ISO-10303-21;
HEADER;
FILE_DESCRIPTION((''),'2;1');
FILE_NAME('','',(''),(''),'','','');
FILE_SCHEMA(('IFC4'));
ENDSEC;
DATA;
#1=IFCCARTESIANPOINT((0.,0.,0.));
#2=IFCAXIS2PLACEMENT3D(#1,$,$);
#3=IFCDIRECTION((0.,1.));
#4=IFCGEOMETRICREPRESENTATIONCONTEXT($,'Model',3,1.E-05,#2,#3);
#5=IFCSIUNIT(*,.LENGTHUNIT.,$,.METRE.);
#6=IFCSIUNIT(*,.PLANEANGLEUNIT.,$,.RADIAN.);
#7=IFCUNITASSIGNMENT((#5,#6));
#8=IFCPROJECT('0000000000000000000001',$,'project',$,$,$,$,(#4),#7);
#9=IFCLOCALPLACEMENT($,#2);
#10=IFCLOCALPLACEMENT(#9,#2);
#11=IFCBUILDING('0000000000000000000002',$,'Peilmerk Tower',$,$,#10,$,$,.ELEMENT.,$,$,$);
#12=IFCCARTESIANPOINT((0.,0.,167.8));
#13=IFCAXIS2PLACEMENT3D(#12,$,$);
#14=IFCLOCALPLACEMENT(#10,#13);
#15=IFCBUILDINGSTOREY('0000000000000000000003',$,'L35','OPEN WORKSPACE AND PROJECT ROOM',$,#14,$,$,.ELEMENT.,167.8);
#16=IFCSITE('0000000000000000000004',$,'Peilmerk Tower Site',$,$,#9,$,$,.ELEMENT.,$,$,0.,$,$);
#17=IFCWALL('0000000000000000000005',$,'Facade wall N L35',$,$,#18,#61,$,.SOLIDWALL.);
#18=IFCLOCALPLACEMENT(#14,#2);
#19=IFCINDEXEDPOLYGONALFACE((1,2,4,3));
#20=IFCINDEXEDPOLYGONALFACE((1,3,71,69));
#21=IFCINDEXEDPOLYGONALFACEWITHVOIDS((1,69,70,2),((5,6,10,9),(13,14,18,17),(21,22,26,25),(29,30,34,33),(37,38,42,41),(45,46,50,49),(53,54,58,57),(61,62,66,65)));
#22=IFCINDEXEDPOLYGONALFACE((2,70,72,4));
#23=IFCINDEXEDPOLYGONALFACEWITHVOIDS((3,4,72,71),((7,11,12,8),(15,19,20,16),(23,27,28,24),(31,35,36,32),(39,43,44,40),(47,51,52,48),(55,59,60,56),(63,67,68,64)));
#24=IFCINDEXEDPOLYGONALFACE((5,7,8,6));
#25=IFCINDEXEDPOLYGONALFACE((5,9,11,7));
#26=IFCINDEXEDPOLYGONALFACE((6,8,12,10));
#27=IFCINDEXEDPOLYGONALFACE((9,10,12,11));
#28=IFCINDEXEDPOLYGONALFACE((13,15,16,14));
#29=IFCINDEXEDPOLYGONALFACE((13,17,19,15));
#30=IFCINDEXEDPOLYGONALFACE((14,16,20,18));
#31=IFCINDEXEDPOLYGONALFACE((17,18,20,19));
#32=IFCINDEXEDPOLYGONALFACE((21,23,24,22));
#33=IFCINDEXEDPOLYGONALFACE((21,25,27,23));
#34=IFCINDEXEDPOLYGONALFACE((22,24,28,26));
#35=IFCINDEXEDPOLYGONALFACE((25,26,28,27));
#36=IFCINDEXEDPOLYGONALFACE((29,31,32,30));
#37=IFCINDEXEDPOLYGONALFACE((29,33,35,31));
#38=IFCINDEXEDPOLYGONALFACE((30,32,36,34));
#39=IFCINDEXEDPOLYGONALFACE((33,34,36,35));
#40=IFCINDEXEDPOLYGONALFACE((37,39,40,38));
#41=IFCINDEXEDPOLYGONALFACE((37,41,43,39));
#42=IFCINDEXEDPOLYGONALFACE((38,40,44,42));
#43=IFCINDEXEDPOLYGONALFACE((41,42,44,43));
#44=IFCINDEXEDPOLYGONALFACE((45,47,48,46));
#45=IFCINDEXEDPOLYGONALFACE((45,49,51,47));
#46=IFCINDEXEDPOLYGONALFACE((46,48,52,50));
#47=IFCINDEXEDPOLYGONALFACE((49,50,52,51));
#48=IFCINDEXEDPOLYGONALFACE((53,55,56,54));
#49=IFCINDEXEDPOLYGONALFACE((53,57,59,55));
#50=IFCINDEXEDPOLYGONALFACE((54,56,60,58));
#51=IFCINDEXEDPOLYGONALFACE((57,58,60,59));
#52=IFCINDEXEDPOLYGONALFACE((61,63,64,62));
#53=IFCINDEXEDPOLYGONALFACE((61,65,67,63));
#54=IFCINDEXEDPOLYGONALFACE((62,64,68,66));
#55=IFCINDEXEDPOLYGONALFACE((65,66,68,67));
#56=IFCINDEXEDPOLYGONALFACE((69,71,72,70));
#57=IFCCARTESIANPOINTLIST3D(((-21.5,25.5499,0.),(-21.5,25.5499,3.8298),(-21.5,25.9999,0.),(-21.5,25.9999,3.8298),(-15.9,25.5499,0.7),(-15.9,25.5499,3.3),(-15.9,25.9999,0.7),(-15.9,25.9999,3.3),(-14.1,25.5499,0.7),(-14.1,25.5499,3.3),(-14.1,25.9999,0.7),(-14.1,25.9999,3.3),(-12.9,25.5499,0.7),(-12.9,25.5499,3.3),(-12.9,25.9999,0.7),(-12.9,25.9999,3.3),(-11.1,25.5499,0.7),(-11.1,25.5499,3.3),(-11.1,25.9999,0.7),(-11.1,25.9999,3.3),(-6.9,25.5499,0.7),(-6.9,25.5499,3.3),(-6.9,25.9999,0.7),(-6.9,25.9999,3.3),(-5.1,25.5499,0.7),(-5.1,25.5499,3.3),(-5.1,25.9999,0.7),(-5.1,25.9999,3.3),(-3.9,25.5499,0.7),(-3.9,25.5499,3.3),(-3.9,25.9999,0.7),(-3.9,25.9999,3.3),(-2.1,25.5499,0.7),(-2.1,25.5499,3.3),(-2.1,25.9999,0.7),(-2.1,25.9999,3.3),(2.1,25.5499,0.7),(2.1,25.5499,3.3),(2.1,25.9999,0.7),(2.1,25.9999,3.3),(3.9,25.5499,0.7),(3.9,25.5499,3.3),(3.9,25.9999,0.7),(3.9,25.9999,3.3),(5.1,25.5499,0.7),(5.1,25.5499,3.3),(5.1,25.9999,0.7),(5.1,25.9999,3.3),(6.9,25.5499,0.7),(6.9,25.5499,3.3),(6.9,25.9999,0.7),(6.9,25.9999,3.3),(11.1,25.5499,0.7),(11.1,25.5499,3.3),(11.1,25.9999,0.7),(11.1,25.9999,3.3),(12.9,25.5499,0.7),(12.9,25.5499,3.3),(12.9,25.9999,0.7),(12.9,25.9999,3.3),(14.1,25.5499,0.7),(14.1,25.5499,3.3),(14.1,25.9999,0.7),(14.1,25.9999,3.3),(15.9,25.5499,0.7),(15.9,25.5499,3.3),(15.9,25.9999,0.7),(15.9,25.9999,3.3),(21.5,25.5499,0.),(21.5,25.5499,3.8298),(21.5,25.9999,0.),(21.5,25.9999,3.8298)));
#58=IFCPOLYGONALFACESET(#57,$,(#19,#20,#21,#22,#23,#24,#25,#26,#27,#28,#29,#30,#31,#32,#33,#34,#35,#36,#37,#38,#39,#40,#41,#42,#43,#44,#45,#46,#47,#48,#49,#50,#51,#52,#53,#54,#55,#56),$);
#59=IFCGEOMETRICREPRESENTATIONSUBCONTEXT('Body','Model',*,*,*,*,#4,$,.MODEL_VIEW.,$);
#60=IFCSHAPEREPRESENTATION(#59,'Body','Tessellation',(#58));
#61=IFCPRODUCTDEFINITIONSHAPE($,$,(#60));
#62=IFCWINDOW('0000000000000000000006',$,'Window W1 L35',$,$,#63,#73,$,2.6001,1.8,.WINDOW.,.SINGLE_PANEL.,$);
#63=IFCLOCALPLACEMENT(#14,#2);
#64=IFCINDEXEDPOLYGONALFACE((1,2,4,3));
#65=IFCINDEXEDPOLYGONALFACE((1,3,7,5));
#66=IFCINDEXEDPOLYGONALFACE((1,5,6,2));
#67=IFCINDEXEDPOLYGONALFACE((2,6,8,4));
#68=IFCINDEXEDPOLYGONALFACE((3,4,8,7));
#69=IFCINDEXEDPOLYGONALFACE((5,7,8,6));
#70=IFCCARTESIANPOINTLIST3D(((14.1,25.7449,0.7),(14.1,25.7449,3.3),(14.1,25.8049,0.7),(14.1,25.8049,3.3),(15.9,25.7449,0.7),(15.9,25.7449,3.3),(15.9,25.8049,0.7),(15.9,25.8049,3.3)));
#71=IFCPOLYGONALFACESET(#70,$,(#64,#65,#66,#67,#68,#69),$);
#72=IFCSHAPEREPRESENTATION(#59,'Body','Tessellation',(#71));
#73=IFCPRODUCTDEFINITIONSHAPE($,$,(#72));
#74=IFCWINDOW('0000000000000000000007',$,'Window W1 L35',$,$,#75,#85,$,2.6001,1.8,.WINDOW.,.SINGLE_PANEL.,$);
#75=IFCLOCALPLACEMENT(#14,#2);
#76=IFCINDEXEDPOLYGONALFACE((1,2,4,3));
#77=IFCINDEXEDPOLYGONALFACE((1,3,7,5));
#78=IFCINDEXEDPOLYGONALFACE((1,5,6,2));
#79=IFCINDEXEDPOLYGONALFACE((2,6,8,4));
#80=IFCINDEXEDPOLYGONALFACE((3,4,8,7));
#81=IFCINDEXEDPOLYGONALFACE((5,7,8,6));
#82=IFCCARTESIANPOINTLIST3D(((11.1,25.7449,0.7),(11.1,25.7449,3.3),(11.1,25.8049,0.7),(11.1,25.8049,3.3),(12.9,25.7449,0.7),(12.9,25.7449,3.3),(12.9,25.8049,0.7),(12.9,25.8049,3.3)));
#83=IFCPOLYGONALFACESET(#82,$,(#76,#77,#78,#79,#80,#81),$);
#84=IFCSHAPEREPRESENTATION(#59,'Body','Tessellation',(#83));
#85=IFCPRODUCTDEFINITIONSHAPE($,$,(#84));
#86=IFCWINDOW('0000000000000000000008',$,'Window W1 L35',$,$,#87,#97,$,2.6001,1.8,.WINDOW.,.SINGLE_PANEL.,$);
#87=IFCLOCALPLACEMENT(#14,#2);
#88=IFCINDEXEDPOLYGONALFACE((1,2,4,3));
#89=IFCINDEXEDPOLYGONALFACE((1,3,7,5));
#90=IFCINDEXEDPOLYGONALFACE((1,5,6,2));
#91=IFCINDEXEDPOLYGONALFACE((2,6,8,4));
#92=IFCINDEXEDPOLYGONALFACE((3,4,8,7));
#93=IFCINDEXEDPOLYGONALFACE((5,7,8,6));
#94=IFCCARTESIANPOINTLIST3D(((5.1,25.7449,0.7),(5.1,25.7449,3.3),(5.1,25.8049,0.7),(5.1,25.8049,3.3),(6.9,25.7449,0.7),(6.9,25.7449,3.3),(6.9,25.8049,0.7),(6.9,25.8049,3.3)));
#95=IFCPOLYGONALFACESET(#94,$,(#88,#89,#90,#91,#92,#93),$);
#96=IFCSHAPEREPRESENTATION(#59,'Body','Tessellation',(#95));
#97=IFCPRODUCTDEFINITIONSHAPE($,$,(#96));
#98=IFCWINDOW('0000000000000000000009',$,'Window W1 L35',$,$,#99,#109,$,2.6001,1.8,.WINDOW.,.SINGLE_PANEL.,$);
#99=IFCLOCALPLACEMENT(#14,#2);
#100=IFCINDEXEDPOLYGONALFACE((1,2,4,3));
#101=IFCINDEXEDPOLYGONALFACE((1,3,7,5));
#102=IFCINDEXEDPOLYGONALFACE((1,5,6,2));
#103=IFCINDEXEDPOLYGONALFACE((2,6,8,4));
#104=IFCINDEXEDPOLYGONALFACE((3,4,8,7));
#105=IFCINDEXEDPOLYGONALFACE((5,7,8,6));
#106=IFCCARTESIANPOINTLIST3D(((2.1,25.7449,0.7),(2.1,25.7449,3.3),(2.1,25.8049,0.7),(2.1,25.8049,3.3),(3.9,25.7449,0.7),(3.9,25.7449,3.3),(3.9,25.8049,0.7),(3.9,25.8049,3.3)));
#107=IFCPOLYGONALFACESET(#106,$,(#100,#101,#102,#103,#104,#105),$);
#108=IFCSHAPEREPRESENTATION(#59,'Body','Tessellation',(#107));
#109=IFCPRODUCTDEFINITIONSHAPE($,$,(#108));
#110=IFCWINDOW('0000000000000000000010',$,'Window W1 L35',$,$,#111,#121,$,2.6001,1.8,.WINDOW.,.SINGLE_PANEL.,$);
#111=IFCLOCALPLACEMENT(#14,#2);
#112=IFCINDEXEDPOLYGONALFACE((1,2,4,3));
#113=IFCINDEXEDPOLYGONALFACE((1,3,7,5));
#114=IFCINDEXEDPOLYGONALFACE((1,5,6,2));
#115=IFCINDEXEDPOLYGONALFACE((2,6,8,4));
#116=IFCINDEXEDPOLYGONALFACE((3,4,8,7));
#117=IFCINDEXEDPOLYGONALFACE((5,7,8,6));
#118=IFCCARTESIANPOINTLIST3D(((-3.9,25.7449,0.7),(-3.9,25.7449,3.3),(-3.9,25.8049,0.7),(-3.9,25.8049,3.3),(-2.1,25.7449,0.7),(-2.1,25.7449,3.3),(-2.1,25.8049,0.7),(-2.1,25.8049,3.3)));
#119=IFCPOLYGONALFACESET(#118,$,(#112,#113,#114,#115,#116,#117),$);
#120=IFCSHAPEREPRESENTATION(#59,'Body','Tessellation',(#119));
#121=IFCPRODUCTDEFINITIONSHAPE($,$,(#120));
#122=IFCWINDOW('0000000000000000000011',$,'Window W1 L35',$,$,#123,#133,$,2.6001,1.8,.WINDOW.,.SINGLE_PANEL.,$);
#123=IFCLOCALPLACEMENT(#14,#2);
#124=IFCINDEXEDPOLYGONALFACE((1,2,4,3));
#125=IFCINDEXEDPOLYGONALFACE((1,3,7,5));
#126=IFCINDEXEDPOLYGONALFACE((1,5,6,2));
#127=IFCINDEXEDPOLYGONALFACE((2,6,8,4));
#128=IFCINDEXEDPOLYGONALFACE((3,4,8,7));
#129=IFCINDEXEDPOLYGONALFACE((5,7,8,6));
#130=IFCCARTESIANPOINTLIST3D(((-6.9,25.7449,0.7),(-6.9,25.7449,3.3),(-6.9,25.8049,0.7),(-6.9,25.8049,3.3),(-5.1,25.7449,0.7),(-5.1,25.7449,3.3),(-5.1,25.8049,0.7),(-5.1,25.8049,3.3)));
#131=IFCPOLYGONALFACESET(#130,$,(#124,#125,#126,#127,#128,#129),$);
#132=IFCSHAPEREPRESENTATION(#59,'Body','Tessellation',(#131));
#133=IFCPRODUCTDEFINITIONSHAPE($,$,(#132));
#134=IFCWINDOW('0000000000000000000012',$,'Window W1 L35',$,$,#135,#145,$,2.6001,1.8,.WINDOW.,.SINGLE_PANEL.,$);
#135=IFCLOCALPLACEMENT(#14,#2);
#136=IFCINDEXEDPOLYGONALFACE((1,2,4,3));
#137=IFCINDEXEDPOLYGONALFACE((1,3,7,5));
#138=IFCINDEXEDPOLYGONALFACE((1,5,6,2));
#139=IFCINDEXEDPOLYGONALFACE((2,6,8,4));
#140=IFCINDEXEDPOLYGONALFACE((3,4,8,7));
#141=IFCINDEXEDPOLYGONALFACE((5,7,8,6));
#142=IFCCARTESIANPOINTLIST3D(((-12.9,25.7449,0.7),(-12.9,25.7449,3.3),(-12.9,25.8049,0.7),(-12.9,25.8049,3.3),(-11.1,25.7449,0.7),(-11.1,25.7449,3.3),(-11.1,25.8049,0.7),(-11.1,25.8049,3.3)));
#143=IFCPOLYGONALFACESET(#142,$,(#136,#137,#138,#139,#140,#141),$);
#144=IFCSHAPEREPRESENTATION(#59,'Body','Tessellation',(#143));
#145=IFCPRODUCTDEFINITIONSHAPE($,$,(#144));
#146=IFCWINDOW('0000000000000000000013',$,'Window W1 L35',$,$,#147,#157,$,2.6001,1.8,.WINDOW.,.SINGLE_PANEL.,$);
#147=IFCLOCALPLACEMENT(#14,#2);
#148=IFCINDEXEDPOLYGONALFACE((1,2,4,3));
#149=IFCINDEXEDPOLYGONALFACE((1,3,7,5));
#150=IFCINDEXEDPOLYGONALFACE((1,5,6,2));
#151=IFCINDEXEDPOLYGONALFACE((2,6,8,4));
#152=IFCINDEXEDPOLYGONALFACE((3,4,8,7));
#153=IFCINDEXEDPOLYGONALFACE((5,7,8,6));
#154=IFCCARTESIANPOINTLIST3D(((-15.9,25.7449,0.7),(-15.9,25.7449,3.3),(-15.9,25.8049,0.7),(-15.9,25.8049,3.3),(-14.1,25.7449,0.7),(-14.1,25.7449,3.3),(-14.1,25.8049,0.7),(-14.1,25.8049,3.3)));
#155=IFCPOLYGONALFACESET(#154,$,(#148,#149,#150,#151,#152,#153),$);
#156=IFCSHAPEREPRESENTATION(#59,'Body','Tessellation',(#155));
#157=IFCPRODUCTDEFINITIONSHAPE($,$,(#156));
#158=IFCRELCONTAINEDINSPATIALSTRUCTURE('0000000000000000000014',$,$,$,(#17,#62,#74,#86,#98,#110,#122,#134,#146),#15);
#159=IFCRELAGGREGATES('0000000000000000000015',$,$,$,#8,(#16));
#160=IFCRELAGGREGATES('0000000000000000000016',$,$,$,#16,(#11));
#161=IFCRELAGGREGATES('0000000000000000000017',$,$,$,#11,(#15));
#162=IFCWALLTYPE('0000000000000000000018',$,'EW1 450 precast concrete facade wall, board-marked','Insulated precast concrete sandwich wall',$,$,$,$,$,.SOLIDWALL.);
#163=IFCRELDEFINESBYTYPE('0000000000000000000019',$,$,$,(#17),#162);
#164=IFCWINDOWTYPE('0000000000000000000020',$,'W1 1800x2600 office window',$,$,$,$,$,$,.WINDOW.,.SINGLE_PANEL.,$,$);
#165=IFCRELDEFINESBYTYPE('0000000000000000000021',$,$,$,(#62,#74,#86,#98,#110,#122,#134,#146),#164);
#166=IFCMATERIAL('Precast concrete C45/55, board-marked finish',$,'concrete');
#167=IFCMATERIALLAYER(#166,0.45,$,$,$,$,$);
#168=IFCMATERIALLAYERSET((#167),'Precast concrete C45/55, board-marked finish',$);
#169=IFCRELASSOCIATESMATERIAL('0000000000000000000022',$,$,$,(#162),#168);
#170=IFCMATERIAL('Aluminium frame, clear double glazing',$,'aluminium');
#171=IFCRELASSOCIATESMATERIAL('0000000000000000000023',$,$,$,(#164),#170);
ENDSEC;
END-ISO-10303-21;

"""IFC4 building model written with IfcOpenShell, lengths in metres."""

from ifc_helpers import new_model, si_unit, direction, frame, frame_2d, origin, place, context, subcontext, project, spatial, rectangle, extrude, material, layer, layer_set, type_object, element, fill, save


model = new_model("IFC4")

# Units and contexts
model_context = context("Model", 3, precision=1e-05, world=origin(), true_north=direction((0.0, 1.0)))
body_context = subcontext(model_context, "Body", "Model", "MODEL_VIEW")
ifc_project = project(units=[si_unit("LENGTHUNIT", "METRE"), si_unit("PLANEANGLEUNIT", "RADIAN")], contexts=[model_context])

# Site, building, storey
site_placement = place(None, origin())
site = spatial("IfcSite", under=ifc_project, at=site_placement, Name="Peilmerk Tower Site", CompositionType="ELEMENT", RefElevation=0.0)
building_placement = place(site_placement, origin())
building = spatial("IfcBuilding", under=site, at=building_placement, Name="Peilmerk Tower", CompositionType="ELEMENT")
storey_placement = place(building_placement, frame((0.0, 0.0, 167.8)))
storey = spatial("IfcBuildingStorey", under=building, at=storey_placement, Name="L35", Description="OPEN WORKSPACE AND PROJECT ROOM", CompositionType="ELEMENT", Elevation=167.8)

# Wall, openings, windows
ifc_material_1 = material(Name="Precast concrete C45/55, board-marked finish", Category="concrete")
ifc_layer_1 = layer(ifc_material_1, 0.45)
ifc_layer_set_1 = layer_set([ifc_layer_1], Name="Precast concrete C45/55, board-marked finish")
wall_type = type_object("IfcWallType", Name="EW1 450 precast concrete facade wall, board-marked", Description="Insulated precast concrete sandwich wall", PredefinedType="SOLIDWALL", material=ifc_layer_set_1)
wall_placement = place(storey_placement, frame((21.5, 25.7749, 0.0), z_axis=(0.0, 0.0, 1.0), x_axis=(-1.0, 0.0, 0.0)))
wall = element("IfcWall", 1, at=wall_placement, inside=storey, type_object=wall_type, Name="Facade wall N L35", PredefinedType="SOLIDWALL", context=body_context, shape_type="SweptSolid", body=[
    extrude(rectangle(XDim=43.0, YDim=0.45, at=frame_2d((21.5, 0.0))), origin(), (0.0, 0.0, 1.0), 3.8298),
])
opening_1_placement = place(wall_placement, frame((5.6001, 0.0, 0.7)))
opening_1 = element("IfcOpeningElement", 2, at=opening_1_placement, cuts=wall, PredefinedType="OPENING", context=body_context, shape_type="SweptSolid", body=[
    extrude(rectangle(XDim=1.8, YDim=2.6001, at=frame_2d((0.8999, 1.3))), frame((0.0, 0.2349, 0.0), z_axis=(0.0, -1.0, 0.0), x_axis=(1.0, 0.0, 0.0)), (0.0, 0.0, 1.0), 0.47),
])
opening_2_placement = place(wall_placement, frame((8.6001, 0.0, 0.7)))
opening_2 = element("IfcOpeningElement", 3, at=opening_2_placement, cuts=wall, PredefinedType="OPENING", context=body_context, shape_type="SweptSolid", body=[
    extrude(rectangle(XDim=1.8, YDim=2.6001, at=frame_2d((0.8999, 1.3))), frame((0.0, 0.2349, 0.0), z_axis=(0.0, -1.0, 0.0), x_axis=(1.0, 0.0, 0.0)), (0.0, 0.0, 1.0), 0.47),
])
opening_3_placement = place(wall_placement, frame((14.6001, 0.0, 0.7)))
opening_3 = element("IfcOpeningElement", 4, at=opening_3_placement, cuts=wall, PredefinedType="OPENING", context=body_context, shape_type="SweptSolid", body=[
    extrude(rectangle(XDim=1.8, YDim=2.6001, at=frame_2d((0.8999, 1.3))), frame((0.0, 0.2349, 0.0), z_axis=(0.0, -1.0, 0.0), x_axis=(1.0, 0.0, 0.0)), (0.0, 0.0, 1.0), 0.47),
])
opening_4_placement = place(wall_placement, frame((17.6001, 0.0, 0.7)))
opening_4 = element("IfcOpeningElement", 5, at=opening_4_placement, cuts=wall, PredefinedType="OPENING", context=body_context, shape_type="SweptSolid", body=[
    extrude(rectangle(XDim=1.8, YDim=2.6001, at=frame_2d((0.8999, 1.3))), frame((0.0, 0.2349, 0.0), z_axis=(0.0, -1.0, 0.0), x_axis=(1.0, 0.0, 0.0)), (0.0, 0.0, 1.0), 0.47),
])
opening_5_placement = place(wall_placement, frame((23.6001, 0.0, 0.7)))
opening_5 = element("IfcOpeningElement", 6, at=opening_5_placement, cuts=wall, PredefinedType="OPENING", context=body_context, shape_type="SweptSolid", body=[
    extrude(rectangle(XDim=1.8, YDim=2.6001, at=frame_2d((0.8999, 1.3))), frame((0.0, 0.2349, 0.0), z_axis=(0.0, -1.0, 0.0), x_axis=(1.0, 0.0, 0.0)), (0.0, 0.0, 1.0), 0.47),
])
opening_6_placement = place(wall_placement, frame((26.6001, 0.0, 0.7)))
opening_6 = element("IfcOpeningElement", 7, at=opening_6_placement, cuts=wall, PredefinedType="OPENING", context=body_context, shape_type="SweptSolid", body=[
    extrude(rectangle(XDim=1.8, YDim=2.6001, at=frame_2d((0.8999, 1.3))), frame((0.0, 0.2349, 0.0), z_axis=(0.0, -1.0, 0.0), x_axis=(1.0, 0.0, 0.0)), (0.0, 0.0, 1.0), 0.47),
])
opening_7_placement = place(wall_placement, frame((32.6001, 0.0, 0.7)))
opening_7 = element("IfcOpeningElement", 8, at=opening_7_placement, cuts=wall, PredefinedType="OPENING", context=body_context, shape_type="SweptSolid", body=[
    extrude(rectangle(XDim=1.8, YDim=2.6001, at=frame_2d((0.8999, 1.3))), frame((0.0, 0.2349, 0.0), z_axis=(0.0, -1.0, 0.0), x_axis=(1.0, 0.0, 0.0)), (0.0, 0.0, 1.0), 0.47),
])
opening_8_placement = place(wall_placement, frame((35.6001, 0.0, 0.7)))
opening_8 = element("IfcOpeningElement", 9, at=opening_8_placement, cuts=wall, PredefinedType="OPENING", context=body_context, shape_type="SweptSolid", body=[
    extrude(rectangle(XDim=1.8, YDim=2.6001, at=frame_2d((0.8999, 1.3))), frame((0.0, 0.2349, 0.0), z_axis=(0.0, -1.0, 0.0), x_axis=(1.0, 0.0, 0.0)), (0.0, 0.0, 1.0), 0.47),
])
ifc_material_2 = material(Name="Aluminium frame, clear double glazing", Category="aluminium")
window_type = type_object("IfcWindowType", Name="W1 1800x2600 office window", PartitioningType="SINGLE_PANEL", PredefinedType="WINDOW", material=ifc_material_2)
window_1_placement = place(opening_1_placement, origin())
window_1 = element("IfcWindow", 10, at=window_1_placement, inside=storey, type_object=window_type, Name="Window W1 L35", OverallHeight=2.6001, OverallWidth=1.8, PartitioningType="SINGLE_PANEL", PredefinedType="WINDOW", context=body_context, shape_type="SweptSolid", body=[
    extrude(rectangle(XDim=1.8, YDim=2.6001, at=frame_2d((0.8999, 1.3))), frame((0.0, 0.03, 0.0), z_axis=(0.0, -1.0, 0.0), x_axis=(1.0, 0.0, 0.0)), (0.0, 0.0, 1.0), 0.0601),
])
fill(opening_1, window_1)
window_2_placement = place(opening_2_placement, origin())
window_2 = element("IfcWindow", 11, at=window_2_placement, inside=storey, type_object=window_type, Name="Window W1 L35", OverallHeight=2.6001, OverallWidth=1.8, PartitioningType="SINGLE_PANEL", PredefinedType="WINDOW", context=body_context, shape_type="SweptSolid", body=[
    extrude(rectangle(XDim=1.8, YDim=2.6001, at=frame_2d((0.8999, 1.3))), frame((0.0, 0.03, 0.0), z_axis=(0.0, -1.0, 0.0), x_axis=(1.0, 0.0, 0.0)), (0.0, 0.0, 1.0), 0.0601),
])
fill(opening_2, window_2)
window_3_placement = place(opening_3_placement, origin())
window_3 = element("IfcWindow", 12, at=window_3_placement, inside=storey, type_object=window_type, Name="Window W1 L35", OverallHeight=2.6001, OverallWidth=1.8, PartitioningType="SINGLE_PANEL", PredefinedType="WINDOW", context=body_context, shape_type="SweptSolid", body=[
    extrude(rectangle(XDim=1.8, YDim=2.6001, at=frame_2d((0.8999, 1.3))), frame((0.0, 0.03, 0.0), z_axis=(0.0, -1.0, 0.0), x_axis=(1.0, 0.0, 0.0)), (0.0, 0.0, 1.0), 0.0601),
])
fill(opening_3, window_3)
window_4_placement = place(opening_4_placement, origin())
window_4 = element("IfcWindow", 13, at=window_4_placement, inside=storey, type_object=window_type, Name="Window W1 L35", OverallHeight=2.6001, OverallWidth=1.8, PartitioningType="SINGLE_PANEL", PredefinedType="WINDOW", context=body_context, shape_type="SweptSolid", body=[
    extrude(rectangle(XDim=1.8, YDim=2.6001, at=frame_2d((0.8999, 1.3))), frame((0.0, 0.03, 0.0), z_axis=(0.0, -1.0, 0.0), x_axis=(1.0, 0.0, 0.0)), (0.0, 0.0, 1.0), 0.0601),
])
fill(opening_4, window_4)
window_5_placement = place(opening_5_placement, origin())
window_5 = element("IfcWindow", 14, at=window_5_placement, inside=storey, type_object=window_type, Name="Window W1 L35", OverallHeight=2.6001, OverallWidth=1.8, PartitioningType="SINGLE_PANEL", PredefinedType="WINDOW", context=body_context, shape_type="SweptSolid", body=[
    extrude(rectangle(XDim=1.8, YDim=2.6001, at=frame_2d((0.8999, 1.3))), frame((0.0, 0.03, 0.0), z_axis=(0.0, -1.0, 0.0), x_axis=(1.0, 0.0, 0.0)), (0.0, 0.0, 1.0), 0.0601),
])
fill(opening_5, window_5)
window_6_placement = place(opening_6_placement, origin())
window_6 = element("IfcWindow", 15, at=window_6_placement, inside=storey, type_object=window_type, Name="Window W1 L35", OverallHeight=2.6001, OverallWidth=1.8, PartitioningType="SINGLE_PANEL", PredefinedType="WINDOW", context=body_context, shape_type="SweptSolid", body=[
    extrude(rectangle(XDim=1.8, YDim=2.6001, at=frame_2d((0.8999, 1.3))), frame((0.0, 0.03, 0.0), z_axis=(0.0, -1.0, 0.0), x_axis=(1.0, 0.0, 0.0)), (0.0, 0.0, 1.0), 0.0601),
])
fill(opening_6, window_6)
window_7_placement = place(opening_7_placement, origin())
window_7 = element("IfcWindow", 16, at=window_7_placement, inside=storey, type_object=window_type, Name="Window W1 L35", OverallHeight=2.6001, OverallWidth=1.8, PartitioningType="SINGLE_PANEL", PredefinedType="WINDOW", context=body_context, shape_type="SweptSolid", body=[
    extrude(rectangle(XDim=1.8, YDim=2.6001, at=frame_2d((0.8999, 1.3))), frame((0.0, 0.03, 0.0), z_axis=(0.0, -1.0, 0.0), x_axis=(1.0, 0.0, 0.0)), (0.0, 0.0, 1.0), 0.0601),
])
fill(opening_7, window_7)
window_8_placement = place(opening_8_placement, origin())
window_8 = element("IfcWindow", 17, at=window_8_placement, inside=storey, type_object=window_type, Name="Window W1 L35", OverallHeight=2.6001, OverallWidth=1.8, PartitioningType="SINGLE_PANEL", PredefinedType="WINDOW", context=body_context, shape_type="SweptSolid", body=[
    extrude(rectangle(XDim=1.8, YDim=2.6001, at=frame_2d((0.8999, 1.3))), frame((0.0, 0.03, 0.0), z_axis=(0.0, -1.0, 0.0), x_axis=(1.0, 0.0, 0.0)), (0.0, 0.0, 1.0), 0.0601),
])
fill(opening_8, window_8)

save(model, "model.ifc")
